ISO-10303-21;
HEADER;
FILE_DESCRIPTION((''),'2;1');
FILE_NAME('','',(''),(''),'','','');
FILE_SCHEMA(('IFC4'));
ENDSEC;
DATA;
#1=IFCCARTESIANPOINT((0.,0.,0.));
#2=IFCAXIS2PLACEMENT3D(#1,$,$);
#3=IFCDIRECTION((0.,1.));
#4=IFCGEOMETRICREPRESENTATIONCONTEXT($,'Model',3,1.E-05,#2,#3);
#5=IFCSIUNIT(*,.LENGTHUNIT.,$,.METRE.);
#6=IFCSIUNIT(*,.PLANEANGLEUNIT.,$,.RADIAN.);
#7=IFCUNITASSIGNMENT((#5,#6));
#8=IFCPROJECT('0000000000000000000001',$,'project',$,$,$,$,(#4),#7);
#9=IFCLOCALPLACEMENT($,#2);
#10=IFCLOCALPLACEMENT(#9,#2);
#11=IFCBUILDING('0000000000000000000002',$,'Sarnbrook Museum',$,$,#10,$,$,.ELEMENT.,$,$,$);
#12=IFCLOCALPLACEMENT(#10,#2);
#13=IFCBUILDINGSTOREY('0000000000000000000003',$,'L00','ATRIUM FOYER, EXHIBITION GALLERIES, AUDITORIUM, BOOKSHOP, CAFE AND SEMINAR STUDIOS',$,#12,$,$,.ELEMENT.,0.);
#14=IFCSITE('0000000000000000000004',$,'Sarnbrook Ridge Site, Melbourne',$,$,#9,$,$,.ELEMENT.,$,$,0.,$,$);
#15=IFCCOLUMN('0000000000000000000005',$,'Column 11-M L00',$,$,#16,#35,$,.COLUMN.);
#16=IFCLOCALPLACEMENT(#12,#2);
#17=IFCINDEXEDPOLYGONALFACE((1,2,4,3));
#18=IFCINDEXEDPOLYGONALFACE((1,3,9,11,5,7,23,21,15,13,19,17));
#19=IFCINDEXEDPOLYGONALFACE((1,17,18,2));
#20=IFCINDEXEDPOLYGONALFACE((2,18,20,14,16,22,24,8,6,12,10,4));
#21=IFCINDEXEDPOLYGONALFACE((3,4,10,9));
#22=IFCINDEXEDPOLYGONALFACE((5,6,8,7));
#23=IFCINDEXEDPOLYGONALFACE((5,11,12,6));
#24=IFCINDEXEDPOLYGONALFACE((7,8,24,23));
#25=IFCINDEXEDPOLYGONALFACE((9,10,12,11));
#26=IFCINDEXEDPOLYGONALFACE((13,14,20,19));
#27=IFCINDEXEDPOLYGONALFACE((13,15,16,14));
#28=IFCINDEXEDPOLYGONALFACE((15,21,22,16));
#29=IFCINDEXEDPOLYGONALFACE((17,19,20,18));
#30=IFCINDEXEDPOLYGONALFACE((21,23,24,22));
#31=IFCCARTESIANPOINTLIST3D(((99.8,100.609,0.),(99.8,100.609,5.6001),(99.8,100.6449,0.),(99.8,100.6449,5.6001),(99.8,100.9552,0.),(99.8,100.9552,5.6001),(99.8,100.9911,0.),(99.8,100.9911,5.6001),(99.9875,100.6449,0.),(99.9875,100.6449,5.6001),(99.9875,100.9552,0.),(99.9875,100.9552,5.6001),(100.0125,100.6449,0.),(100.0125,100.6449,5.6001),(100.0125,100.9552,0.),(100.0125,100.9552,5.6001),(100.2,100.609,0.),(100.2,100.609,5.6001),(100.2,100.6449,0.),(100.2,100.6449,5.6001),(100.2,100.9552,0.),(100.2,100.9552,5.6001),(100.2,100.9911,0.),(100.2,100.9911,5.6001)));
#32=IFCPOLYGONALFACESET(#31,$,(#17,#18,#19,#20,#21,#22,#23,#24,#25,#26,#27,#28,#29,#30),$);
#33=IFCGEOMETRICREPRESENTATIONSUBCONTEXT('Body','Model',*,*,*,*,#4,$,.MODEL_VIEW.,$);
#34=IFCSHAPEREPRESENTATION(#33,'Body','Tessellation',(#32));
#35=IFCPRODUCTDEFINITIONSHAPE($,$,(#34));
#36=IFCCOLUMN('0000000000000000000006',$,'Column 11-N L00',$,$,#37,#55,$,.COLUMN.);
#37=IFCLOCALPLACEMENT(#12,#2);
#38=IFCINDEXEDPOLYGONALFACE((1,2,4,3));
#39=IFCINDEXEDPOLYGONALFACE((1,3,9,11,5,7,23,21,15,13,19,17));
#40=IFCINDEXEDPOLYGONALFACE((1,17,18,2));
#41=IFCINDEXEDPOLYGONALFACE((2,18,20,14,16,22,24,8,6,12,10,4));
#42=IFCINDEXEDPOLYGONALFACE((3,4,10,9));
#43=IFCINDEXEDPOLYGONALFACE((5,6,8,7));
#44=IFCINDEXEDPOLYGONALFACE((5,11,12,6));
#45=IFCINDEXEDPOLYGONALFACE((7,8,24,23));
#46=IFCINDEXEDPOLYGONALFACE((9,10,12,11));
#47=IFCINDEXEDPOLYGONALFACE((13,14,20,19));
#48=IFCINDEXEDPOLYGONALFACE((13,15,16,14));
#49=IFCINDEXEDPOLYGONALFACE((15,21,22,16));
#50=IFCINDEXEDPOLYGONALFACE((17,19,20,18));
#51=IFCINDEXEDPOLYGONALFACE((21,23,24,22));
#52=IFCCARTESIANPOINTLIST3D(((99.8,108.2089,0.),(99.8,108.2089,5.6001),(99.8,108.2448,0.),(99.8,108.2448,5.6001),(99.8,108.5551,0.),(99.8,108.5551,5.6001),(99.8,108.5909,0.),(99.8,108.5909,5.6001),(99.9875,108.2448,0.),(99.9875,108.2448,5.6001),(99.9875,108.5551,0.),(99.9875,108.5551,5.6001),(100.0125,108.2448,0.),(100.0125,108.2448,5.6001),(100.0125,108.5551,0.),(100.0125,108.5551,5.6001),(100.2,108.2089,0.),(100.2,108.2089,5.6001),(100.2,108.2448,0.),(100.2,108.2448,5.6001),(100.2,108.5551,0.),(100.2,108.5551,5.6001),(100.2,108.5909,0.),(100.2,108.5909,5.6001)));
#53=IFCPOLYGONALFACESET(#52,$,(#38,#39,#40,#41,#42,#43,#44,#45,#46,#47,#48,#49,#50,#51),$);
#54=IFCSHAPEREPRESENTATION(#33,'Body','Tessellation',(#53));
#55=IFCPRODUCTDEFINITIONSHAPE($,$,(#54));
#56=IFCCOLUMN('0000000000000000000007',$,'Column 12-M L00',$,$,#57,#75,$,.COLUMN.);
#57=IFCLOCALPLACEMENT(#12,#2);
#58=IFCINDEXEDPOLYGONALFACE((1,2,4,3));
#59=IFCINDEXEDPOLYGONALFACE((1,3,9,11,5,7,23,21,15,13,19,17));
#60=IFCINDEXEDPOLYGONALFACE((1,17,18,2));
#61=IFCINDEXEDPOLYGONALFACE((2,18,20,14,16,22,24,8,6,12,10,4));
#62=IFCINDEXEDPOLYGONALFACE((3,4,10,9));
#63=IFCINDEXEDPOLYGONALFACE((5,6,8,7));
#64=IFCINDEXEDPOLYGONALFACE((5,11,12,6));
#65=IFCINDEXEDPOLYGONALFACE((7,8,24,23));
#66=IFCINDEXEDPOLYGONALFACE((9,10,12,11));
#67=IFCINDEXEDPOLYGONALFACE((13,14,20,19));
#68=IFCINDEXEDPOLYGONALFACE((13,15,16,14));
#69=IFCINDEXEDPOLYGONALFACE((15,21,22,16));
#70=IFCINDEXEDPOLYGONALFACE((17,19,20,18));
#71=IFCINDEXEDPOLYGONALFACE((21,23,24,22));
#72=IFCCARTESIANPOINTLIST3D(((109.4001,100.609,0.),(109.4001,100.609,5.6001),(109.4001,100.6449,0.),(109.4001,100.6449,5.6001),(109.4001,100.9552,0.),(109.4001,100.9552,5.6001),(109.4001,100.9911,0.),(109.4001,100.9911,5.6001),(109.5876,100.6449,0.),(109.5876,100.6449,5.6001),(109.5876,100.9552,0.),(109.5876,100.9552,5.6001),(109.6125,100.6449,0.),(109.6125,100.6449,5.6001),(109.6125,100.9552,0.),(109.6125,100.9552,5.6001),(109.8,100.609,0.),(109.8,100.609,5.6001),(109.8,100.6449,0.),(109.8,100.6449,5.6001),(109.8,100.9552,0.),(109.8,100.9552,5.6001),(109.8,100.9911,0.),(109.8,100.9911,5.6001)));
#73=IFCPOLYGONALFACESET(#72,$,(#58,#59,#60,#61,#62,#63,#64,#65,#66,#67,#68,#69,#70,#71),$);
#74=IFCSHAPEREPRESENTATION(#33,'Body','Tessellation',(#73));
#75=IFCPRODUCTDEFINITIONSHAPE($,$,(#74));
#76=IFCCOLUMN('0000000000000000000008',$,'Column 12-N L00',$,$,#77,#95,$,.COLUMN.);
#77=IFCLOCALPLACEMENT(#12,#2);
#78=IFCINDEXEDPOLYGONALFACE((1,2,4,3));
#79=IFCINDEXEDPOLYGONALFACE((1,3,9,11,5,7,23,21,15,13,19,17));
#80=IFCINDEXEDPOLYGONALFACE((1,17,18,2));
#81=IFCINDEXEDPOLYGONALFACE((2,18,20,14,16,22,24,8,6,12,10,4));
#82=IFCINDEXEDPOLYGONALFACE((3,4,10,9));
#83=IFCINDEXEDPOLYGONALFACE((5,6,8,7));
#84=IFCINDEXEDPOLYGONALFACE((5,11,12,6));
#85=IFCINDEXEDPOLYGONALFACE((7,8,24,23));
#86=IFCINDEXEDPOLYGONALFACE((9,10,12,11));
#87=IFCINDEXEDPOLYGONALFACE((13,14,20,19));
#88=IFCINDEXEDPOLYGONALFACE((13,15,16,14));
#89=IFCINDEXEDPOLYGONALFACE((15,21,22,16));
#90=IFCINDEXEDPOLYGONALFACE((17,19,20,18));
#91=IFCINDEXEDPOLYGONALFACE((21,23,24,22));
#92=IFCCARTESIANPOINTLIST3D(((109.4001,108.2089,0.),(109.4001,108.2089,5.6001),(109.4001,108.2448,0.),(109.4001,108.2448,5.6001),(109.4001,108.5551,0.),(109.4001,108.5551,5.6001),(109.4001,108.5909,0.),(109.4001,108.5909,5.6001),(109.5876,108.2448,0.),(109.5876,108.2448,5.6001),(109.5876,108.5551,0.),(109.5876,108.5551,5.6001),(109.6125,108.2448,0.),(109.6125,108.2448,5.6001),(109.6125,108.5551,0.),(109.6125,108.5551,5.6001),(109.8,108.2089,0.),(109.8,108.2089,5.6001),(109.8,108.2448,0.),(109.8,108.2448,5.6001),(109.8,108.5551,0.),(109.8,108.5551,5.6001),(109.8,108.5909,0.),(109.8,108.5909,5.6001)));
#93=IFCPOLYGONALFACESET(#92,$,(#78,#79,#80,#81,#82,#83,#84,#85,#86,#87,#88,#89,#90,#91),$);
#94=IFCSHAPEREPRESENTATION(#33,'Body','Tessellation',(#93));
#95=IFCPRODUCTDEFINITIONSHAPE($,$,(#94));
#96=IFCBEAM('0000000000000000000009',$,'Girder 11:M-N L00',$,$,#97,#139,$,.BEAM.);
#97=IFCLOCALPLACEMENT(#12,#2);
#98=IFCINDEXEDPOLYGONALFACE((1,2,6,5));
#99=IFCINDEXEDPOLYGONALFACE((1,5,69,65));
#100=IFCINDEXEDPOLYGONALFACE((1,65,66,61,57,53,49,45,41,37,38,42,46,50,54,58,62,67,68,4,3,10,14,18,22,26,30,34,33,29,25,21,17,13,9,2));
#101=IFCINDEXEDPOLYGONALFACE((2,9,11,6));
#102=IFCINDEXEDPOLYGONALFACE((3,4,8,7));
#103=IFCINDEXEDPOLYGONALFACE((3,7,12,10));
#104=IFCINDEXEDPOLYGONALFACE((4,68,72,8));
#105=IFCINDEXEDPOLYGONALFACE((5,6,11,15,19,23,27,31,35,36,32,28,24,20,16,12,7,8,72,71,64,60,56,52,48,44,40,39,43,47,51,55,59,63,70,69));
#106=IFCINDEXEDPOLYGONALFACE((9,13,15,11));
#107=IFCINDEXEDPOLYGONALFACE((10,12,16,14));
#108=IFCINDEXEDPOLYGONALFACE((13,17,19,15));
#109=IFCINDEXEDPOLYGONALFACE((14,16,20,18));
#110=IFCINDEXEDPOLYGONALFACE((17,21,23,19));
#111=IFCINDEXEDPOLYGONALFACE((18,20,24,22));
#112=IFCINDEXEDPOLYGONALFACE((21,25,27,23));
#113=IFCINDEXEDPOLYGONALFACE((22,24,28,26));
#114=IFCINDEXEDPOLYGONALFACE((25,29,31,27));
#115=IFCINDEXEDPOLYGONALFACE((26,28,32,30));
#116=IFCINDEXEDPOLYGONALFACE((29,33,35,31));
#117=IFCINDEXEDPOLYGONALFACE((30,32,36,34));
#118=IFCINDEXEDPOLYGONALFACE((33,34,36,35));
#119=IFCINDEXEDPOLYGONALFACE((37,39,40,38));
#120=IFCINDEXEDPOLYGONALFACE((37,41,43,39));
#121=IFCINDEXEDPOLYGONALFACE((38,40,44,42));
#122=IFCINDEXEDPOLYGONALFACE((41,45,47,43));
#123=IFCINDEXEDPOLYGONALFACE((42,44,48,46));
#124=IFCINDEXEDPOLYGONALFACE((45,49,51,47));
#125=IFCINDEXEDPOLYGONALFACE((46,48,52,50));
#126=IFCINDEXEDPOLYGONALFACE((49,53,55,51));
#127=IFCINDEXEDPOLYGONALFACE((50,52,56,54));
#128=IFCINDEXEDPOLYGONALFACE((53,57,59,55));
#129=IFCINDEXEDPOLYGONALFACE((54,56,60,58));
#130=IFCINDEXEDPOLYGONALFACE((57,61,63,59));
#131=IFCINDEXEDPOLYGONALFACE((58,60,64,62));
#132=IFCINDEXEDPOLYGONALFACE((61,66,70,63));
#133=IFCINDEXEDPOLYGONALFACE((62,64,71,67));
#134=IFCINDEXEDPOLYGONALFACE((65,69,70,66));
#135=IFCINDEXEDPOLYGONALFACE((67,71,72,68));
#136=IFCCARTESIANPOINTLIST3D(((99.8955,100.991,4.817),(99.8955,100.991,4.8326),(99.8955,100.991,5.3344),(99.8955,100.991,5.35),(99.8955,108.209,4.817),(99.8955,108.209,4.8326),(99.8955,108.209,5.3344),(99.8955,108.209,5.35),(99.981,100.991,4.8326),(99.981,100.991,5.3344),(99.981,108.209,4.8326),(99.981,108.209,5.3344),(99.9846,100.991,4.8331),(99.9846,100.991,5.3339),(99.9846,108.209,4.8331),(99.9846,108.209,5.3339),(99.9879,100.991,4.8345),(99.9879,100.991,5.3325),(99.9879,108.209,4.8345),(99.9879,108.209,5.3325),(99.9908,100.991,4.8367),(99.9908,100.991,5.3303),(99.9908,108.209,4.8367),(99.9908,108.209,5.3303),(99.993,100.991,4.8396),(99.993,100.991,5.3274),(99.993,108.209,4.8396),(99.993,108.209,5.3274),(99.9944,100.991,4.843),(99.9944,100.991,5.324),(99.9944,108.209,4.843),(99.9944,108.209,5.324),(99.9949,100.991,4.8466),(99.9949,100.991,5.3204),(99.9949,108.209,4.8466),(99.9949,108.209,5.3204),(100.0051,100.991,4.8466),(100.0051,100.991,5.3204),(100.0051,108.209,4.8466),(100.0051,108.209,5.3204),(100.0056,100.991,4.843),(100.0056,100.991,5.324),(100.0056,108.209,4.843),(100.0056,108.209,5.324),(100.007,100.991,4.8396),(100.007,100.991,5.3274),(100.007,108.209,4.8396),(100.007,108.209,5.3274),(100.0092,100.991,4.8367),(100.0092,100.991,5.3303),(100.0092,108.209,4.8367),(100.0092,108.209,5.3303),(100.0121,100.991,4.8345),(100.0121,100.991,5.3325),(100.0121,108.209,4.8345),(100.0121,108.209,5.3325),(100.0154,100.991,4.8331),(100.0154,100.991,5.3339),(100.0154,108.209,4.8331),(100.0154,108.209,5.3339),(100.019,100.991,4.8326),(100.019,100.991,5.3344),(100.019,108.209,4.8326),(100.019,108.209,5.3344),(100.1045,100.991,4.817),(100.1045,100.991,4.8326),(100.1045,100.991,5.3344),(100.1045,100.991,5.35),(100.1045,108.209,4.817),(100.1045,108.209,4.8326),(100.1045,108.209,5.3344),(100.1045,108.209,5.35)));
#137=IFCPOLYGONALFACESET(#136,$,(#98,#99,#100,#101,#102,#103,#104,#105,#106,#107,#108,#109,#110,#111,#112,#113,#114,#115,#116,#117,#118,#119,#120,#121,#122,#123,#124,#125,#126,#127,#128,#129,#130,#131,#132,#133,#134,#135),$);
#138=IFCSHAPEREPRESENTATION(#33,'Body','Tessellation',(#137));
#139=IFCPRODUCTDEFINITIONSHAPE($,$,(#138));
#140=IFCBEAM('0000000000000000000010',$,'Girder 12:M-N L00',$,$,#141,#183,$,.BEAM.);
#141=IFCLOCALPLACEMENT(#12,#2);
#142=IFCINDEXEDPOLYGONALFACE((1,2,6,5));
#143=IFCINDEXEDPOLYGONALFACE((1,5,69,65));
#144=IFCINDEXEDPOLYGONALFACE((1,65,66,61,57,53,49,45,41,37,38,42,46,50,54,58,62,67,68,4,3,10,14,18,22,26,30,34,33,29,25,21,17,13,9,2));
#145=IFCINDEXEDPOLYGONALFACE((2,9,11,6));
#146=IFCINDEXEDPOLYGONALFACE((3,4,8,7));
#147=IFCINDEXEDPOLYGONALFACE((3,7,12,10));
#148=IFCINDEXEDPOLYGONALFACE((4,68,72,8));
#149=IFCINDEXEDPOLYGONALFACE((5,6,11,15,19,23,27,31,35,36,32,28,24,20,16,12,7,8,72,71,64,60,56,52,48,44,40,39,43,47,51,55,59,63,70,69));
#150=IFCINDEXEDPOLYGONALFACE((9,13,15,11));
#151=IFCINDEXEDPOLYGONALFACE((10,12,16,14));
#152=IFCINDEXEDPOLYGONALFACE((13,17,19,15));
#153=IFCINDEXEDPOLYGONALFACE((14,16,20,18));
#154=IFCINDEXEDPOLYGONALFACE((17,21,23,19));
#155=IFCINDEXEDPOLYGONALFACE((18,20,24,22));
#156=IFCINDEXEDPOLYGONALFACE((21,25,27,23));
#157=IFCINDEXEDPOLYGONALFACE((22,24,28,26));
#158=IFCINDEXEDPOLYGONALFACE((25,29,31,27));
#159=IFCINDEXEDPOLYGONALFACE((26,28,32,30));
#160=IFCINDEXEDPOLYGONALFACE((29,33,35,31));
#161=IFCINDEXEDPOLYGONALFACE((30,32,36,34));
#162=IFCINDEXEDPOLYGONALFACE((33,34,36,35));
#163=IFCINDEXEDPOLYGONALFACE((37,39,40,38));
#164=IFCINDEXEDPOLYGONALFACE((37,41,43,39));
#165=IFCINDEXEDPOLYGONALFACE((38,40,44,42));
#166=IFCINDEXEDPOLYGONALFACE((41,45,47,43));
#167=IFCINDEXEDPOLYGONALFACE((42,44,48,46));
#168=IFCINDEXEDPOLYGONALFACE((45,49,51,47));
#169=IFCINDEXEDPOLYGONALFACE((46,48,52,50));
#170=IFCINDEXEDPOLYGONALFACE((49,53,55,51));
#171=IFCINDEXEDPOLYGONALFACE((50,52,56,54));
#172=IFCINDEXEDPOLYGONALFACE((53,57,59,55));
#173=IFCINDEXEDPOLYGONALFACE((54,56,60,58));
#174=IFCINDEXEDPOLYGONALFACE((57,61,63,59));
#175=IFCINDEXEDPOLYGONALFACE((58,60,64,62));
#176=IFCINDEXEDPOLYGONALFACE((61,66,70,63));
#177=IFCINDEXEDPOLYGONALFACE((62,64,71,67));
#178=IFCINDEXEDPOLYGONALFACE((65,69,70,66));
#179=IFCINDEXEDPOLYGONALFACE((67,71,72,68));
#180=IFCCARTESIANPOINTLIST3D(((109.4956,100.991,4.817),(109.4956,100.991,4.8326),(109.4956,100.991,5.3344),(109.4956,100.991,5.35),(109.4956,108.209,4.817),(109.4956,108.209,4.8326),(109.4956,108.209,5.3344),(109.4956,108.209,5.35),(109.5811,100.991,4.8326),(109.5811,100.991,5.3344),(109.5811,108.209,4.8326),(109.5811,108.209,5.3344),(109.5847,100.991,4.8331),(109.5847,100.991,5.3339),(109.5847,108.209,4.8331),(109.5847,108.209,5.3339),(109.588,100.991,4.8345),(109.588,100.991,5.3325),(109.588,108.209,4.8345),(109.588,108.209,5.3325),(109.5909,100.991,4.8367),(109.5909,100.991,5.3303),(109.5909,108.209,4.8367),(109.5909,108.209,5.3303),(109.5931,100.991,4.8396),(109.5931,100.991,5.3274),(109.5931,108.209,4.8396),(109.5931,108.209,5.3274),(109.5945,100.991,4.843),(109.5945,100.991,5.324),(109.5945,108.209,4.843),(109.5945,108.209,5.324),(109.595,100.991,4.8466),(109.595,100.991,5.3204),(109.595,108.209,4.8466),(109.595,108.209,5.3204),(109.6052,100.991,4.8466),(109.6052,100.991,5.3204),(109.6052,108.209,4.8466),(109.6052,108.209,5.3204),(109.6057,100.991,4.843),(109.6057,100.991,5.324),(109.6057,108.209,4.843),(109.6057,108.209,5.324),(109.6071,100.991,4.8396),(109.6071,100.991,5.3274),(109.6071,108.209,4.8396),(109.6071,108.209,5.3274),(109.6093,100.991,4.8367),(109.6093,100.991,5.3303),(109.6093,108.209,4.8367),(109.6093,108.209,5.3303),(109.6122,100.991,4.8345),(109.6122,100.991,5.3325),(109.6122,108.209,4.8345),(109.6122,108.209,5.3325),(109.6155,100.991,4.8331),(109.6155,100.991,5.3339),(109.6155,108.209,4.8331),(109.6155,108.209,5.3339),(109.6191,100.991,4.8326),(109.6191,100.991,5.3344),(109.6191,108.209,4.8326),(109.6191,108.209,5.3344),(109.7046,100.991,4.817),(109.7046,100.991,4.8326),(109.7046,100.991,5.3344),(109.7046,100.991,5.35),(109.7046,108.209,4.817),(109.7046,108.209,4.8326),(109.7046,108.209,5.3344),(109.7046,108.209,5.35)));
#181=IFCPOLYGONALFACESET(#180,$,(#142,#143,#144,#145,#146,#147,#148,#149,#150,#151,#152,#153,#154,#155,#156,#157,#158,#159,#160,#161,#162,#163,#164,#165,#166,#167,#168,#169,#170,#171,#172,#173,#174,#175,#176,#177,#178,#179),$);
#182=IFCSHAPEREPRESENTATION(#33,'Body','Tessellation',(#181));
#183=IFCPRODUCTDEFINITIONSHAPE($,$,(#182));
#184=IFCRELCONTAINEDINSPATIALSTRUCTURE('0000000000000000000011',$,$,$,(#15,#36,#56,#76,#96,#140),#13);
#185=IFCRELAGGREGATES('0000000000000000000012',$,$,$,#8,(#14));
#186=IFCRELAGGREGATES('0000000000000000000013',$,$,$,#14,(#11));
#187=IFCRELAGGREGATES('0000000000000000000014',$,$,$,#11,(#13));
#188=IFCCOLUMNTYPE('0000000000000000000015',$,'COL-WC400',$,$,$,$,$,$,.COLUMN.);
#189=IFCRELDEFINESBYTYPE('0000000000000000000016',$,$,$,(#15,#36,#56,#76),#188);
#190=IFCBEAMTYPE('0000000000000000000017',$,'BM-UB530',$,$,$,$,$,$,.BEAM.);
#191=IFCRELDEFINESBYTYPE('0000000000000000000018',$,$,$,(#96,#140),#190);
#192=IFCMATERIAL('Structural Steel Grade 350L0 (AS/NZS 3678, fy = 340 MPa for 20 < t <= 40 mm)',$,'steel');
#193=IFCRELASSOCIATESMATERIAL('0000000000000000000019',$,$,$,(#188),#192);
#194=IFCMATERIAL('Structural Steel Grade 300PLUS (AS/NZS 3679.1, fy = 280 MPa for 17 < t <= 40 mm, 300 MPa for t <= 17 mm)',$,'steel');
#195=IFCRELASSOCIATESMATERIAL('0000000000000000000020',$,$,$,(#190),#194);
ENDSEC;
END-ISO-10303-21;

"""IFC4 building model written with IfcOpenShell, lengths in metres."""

from ifc_helpers import new_model, si_unit, direction, frame, origin, origin_2d, place, context, subcontext, project, spatial, i_section, extrude, material, material_profile, profile_set, type_object, element, save


model = new_model("IFC4")

# Units and contexts
model_context = context("Model", 3, precision=1e-05, world=origin(), true_north=direction((0.0, 1.0)))
body_context = subcontext(model_context, "Body", "Model", "MODEL_VIEW")
ifc_project = project(units=[si_unit("LENGTHUNIT", "METRE"), si_unit("PLANEANGLEUNIT", "RADIAN")], contexts=[model_context])

# Site, building, storey
site_placement = place(None, origin())
site = spatial("IfcSite", under=ifc_project, at=site_placement, Name="Sarnbrook Ridge Site, Melbourne", CompositionType="ELEMENT", RefElevation=0.0)
building_placement = place(site_placement, origin())
building = spatial("IfcBuilding", under=site, at=building_placement, Name="Sarnbrook Museum", CompositionType="ELEMENT")
storey_placement = place(building_placement, origin())
storey = spatial("IfcBuildingStorey", under=building, at=storey_placement, Name="L00", Description="ATRIUM FOYER, EXHIBITION GALLERIES, AUDITORIUM, BOOKSHOP, CAFE AND SEMINAR STUDIOS", CompositionType="ELEMENT", Elevation=0.0)

# Columns
ifc_material_1 = material(Name="Structural Steel Grade 350L0 (AS/NZS 3678, fy = 340 MPa for 20 < t <= 40 mm)", Category="steel")
ifc_material_profile_1 = material_profile(ifc_material_1, i_section(OverallWidth=0.3999, OverallDepth=0.3821, WebThickness=0.0249, FlangeThickness=0.0359, at=origin_2d()), Name="400WC270")
ifc_profile_set_1 = profile_set([ifc_material_profile_1], Name="Structural Steel Grade 350L0 (AS/NZS 3678, fy = 340 MPa for 20 < t <= 40 mm)")
column_type = type_object("IfcColumnType", Name="COL-WC400", PredefinedType="COLUMN", material=ifc_profile_set_1)
for number, where, z_axis, x_axis, name in (
    (1, (100.0, 100.8, 0.0), (0.0, 0.0, 1.0), (1.0, 0.0, 0.0), "Column 11-M L00"),
    (2, (100.0, 108.3999, 0.0), (0.0, 0.0, 1.0), (1.0, 0.0, 0.0), "Column 11-N L00"),
    (3, (109.6001, 100.8, 0.0), (0.0, 0.0, 1.0), (1.0, 0.0, 0.0), "Column 12-M L00"),
    (4, (109.6001, 108.3999, 0.0), (0.0, 0.0, 1.0), (1.0, 0.0, 0.0), "Column 12-N L00"),
):
    element("IfcColumn", number, at=place(storey_placement, frame(where, z_axis=z_axis, x_axis=x_axis)), inside=storey, type_object=column_type, Name=name, PredefinedType="COLUMN", context=body_context, shape_type="SweptSolid", body=[
        extrude(i_section(OverallWidth=0.3999, OverallDepth=0.3821, WebThickness=0.0249, FlangeThickness=0.0359, at=origin_2d()), origin(), (0.0, 0.0, 1.0), 5.6001),
    ])

# Beams
ifc_material_2 = material(Name="Structural Steel Grade 300PLUS (AS/NZS 3679.1, fy = 280 MPa for 17 < t <= 40 mm, 300 MPa for t <= 17 mm)", Category="steel")
ifc_material_profile_2 = material_profile(ifc_material_2, i_section(OverallWidth=0.209, OverallDepth=0.533, WebThickness=0.0103, FlangeThickness=0.0156, FilletRadius=0.0139, at=origin_2d()), Name="530UB92.4")
ifc_profile_set_2 = profile_set([ifc_material_profile_2], Name="Structural Steel Grade 300PLUS (AS/NZS 3679.1, fy = 280 MPa for 17 < t <= 40 mm, 300 MPa for t <= 17 mm)")
beam_type_1 = type_object("IfcBeamType", Name="BM-UB530", PredefinedType="BEAM", material=ifc_profile_set_2)
for number, where, z_axis, x_axis, name in (
    (5, (100.0, 100.991, 5.0835), (0.0, 1.0, 0.0), (-1.0, 0.0, 0.0), "Girder 11:M-N L00"),
    (6, (109.6001, 100.991, 5.0835), (0.0, 1.0, 0.0), (-1.0, 0.0, 0.0), "Girder 12:M-N L00"),
):
    element("IfcBeam", number, at=place(storey_placement, frame(where, z_axis=z_axis, x_axis=x_axis)), inside=storey, type_object=beam_type_1, Name=name, PredefinedType="BEAM", context=body_context, shape_type="SweptSolid", body=[
        extrude(i_section(OverallWidth=0.209, OverallDepth=0.533, WebThickness=0.0103, FlangeThickness=0.0156, FilletRadius=0.0139, at=origin_2d()), origin(), (0.0, 0.0, 1.0), 7.218),
    ])

save(model, "model.ifc")
